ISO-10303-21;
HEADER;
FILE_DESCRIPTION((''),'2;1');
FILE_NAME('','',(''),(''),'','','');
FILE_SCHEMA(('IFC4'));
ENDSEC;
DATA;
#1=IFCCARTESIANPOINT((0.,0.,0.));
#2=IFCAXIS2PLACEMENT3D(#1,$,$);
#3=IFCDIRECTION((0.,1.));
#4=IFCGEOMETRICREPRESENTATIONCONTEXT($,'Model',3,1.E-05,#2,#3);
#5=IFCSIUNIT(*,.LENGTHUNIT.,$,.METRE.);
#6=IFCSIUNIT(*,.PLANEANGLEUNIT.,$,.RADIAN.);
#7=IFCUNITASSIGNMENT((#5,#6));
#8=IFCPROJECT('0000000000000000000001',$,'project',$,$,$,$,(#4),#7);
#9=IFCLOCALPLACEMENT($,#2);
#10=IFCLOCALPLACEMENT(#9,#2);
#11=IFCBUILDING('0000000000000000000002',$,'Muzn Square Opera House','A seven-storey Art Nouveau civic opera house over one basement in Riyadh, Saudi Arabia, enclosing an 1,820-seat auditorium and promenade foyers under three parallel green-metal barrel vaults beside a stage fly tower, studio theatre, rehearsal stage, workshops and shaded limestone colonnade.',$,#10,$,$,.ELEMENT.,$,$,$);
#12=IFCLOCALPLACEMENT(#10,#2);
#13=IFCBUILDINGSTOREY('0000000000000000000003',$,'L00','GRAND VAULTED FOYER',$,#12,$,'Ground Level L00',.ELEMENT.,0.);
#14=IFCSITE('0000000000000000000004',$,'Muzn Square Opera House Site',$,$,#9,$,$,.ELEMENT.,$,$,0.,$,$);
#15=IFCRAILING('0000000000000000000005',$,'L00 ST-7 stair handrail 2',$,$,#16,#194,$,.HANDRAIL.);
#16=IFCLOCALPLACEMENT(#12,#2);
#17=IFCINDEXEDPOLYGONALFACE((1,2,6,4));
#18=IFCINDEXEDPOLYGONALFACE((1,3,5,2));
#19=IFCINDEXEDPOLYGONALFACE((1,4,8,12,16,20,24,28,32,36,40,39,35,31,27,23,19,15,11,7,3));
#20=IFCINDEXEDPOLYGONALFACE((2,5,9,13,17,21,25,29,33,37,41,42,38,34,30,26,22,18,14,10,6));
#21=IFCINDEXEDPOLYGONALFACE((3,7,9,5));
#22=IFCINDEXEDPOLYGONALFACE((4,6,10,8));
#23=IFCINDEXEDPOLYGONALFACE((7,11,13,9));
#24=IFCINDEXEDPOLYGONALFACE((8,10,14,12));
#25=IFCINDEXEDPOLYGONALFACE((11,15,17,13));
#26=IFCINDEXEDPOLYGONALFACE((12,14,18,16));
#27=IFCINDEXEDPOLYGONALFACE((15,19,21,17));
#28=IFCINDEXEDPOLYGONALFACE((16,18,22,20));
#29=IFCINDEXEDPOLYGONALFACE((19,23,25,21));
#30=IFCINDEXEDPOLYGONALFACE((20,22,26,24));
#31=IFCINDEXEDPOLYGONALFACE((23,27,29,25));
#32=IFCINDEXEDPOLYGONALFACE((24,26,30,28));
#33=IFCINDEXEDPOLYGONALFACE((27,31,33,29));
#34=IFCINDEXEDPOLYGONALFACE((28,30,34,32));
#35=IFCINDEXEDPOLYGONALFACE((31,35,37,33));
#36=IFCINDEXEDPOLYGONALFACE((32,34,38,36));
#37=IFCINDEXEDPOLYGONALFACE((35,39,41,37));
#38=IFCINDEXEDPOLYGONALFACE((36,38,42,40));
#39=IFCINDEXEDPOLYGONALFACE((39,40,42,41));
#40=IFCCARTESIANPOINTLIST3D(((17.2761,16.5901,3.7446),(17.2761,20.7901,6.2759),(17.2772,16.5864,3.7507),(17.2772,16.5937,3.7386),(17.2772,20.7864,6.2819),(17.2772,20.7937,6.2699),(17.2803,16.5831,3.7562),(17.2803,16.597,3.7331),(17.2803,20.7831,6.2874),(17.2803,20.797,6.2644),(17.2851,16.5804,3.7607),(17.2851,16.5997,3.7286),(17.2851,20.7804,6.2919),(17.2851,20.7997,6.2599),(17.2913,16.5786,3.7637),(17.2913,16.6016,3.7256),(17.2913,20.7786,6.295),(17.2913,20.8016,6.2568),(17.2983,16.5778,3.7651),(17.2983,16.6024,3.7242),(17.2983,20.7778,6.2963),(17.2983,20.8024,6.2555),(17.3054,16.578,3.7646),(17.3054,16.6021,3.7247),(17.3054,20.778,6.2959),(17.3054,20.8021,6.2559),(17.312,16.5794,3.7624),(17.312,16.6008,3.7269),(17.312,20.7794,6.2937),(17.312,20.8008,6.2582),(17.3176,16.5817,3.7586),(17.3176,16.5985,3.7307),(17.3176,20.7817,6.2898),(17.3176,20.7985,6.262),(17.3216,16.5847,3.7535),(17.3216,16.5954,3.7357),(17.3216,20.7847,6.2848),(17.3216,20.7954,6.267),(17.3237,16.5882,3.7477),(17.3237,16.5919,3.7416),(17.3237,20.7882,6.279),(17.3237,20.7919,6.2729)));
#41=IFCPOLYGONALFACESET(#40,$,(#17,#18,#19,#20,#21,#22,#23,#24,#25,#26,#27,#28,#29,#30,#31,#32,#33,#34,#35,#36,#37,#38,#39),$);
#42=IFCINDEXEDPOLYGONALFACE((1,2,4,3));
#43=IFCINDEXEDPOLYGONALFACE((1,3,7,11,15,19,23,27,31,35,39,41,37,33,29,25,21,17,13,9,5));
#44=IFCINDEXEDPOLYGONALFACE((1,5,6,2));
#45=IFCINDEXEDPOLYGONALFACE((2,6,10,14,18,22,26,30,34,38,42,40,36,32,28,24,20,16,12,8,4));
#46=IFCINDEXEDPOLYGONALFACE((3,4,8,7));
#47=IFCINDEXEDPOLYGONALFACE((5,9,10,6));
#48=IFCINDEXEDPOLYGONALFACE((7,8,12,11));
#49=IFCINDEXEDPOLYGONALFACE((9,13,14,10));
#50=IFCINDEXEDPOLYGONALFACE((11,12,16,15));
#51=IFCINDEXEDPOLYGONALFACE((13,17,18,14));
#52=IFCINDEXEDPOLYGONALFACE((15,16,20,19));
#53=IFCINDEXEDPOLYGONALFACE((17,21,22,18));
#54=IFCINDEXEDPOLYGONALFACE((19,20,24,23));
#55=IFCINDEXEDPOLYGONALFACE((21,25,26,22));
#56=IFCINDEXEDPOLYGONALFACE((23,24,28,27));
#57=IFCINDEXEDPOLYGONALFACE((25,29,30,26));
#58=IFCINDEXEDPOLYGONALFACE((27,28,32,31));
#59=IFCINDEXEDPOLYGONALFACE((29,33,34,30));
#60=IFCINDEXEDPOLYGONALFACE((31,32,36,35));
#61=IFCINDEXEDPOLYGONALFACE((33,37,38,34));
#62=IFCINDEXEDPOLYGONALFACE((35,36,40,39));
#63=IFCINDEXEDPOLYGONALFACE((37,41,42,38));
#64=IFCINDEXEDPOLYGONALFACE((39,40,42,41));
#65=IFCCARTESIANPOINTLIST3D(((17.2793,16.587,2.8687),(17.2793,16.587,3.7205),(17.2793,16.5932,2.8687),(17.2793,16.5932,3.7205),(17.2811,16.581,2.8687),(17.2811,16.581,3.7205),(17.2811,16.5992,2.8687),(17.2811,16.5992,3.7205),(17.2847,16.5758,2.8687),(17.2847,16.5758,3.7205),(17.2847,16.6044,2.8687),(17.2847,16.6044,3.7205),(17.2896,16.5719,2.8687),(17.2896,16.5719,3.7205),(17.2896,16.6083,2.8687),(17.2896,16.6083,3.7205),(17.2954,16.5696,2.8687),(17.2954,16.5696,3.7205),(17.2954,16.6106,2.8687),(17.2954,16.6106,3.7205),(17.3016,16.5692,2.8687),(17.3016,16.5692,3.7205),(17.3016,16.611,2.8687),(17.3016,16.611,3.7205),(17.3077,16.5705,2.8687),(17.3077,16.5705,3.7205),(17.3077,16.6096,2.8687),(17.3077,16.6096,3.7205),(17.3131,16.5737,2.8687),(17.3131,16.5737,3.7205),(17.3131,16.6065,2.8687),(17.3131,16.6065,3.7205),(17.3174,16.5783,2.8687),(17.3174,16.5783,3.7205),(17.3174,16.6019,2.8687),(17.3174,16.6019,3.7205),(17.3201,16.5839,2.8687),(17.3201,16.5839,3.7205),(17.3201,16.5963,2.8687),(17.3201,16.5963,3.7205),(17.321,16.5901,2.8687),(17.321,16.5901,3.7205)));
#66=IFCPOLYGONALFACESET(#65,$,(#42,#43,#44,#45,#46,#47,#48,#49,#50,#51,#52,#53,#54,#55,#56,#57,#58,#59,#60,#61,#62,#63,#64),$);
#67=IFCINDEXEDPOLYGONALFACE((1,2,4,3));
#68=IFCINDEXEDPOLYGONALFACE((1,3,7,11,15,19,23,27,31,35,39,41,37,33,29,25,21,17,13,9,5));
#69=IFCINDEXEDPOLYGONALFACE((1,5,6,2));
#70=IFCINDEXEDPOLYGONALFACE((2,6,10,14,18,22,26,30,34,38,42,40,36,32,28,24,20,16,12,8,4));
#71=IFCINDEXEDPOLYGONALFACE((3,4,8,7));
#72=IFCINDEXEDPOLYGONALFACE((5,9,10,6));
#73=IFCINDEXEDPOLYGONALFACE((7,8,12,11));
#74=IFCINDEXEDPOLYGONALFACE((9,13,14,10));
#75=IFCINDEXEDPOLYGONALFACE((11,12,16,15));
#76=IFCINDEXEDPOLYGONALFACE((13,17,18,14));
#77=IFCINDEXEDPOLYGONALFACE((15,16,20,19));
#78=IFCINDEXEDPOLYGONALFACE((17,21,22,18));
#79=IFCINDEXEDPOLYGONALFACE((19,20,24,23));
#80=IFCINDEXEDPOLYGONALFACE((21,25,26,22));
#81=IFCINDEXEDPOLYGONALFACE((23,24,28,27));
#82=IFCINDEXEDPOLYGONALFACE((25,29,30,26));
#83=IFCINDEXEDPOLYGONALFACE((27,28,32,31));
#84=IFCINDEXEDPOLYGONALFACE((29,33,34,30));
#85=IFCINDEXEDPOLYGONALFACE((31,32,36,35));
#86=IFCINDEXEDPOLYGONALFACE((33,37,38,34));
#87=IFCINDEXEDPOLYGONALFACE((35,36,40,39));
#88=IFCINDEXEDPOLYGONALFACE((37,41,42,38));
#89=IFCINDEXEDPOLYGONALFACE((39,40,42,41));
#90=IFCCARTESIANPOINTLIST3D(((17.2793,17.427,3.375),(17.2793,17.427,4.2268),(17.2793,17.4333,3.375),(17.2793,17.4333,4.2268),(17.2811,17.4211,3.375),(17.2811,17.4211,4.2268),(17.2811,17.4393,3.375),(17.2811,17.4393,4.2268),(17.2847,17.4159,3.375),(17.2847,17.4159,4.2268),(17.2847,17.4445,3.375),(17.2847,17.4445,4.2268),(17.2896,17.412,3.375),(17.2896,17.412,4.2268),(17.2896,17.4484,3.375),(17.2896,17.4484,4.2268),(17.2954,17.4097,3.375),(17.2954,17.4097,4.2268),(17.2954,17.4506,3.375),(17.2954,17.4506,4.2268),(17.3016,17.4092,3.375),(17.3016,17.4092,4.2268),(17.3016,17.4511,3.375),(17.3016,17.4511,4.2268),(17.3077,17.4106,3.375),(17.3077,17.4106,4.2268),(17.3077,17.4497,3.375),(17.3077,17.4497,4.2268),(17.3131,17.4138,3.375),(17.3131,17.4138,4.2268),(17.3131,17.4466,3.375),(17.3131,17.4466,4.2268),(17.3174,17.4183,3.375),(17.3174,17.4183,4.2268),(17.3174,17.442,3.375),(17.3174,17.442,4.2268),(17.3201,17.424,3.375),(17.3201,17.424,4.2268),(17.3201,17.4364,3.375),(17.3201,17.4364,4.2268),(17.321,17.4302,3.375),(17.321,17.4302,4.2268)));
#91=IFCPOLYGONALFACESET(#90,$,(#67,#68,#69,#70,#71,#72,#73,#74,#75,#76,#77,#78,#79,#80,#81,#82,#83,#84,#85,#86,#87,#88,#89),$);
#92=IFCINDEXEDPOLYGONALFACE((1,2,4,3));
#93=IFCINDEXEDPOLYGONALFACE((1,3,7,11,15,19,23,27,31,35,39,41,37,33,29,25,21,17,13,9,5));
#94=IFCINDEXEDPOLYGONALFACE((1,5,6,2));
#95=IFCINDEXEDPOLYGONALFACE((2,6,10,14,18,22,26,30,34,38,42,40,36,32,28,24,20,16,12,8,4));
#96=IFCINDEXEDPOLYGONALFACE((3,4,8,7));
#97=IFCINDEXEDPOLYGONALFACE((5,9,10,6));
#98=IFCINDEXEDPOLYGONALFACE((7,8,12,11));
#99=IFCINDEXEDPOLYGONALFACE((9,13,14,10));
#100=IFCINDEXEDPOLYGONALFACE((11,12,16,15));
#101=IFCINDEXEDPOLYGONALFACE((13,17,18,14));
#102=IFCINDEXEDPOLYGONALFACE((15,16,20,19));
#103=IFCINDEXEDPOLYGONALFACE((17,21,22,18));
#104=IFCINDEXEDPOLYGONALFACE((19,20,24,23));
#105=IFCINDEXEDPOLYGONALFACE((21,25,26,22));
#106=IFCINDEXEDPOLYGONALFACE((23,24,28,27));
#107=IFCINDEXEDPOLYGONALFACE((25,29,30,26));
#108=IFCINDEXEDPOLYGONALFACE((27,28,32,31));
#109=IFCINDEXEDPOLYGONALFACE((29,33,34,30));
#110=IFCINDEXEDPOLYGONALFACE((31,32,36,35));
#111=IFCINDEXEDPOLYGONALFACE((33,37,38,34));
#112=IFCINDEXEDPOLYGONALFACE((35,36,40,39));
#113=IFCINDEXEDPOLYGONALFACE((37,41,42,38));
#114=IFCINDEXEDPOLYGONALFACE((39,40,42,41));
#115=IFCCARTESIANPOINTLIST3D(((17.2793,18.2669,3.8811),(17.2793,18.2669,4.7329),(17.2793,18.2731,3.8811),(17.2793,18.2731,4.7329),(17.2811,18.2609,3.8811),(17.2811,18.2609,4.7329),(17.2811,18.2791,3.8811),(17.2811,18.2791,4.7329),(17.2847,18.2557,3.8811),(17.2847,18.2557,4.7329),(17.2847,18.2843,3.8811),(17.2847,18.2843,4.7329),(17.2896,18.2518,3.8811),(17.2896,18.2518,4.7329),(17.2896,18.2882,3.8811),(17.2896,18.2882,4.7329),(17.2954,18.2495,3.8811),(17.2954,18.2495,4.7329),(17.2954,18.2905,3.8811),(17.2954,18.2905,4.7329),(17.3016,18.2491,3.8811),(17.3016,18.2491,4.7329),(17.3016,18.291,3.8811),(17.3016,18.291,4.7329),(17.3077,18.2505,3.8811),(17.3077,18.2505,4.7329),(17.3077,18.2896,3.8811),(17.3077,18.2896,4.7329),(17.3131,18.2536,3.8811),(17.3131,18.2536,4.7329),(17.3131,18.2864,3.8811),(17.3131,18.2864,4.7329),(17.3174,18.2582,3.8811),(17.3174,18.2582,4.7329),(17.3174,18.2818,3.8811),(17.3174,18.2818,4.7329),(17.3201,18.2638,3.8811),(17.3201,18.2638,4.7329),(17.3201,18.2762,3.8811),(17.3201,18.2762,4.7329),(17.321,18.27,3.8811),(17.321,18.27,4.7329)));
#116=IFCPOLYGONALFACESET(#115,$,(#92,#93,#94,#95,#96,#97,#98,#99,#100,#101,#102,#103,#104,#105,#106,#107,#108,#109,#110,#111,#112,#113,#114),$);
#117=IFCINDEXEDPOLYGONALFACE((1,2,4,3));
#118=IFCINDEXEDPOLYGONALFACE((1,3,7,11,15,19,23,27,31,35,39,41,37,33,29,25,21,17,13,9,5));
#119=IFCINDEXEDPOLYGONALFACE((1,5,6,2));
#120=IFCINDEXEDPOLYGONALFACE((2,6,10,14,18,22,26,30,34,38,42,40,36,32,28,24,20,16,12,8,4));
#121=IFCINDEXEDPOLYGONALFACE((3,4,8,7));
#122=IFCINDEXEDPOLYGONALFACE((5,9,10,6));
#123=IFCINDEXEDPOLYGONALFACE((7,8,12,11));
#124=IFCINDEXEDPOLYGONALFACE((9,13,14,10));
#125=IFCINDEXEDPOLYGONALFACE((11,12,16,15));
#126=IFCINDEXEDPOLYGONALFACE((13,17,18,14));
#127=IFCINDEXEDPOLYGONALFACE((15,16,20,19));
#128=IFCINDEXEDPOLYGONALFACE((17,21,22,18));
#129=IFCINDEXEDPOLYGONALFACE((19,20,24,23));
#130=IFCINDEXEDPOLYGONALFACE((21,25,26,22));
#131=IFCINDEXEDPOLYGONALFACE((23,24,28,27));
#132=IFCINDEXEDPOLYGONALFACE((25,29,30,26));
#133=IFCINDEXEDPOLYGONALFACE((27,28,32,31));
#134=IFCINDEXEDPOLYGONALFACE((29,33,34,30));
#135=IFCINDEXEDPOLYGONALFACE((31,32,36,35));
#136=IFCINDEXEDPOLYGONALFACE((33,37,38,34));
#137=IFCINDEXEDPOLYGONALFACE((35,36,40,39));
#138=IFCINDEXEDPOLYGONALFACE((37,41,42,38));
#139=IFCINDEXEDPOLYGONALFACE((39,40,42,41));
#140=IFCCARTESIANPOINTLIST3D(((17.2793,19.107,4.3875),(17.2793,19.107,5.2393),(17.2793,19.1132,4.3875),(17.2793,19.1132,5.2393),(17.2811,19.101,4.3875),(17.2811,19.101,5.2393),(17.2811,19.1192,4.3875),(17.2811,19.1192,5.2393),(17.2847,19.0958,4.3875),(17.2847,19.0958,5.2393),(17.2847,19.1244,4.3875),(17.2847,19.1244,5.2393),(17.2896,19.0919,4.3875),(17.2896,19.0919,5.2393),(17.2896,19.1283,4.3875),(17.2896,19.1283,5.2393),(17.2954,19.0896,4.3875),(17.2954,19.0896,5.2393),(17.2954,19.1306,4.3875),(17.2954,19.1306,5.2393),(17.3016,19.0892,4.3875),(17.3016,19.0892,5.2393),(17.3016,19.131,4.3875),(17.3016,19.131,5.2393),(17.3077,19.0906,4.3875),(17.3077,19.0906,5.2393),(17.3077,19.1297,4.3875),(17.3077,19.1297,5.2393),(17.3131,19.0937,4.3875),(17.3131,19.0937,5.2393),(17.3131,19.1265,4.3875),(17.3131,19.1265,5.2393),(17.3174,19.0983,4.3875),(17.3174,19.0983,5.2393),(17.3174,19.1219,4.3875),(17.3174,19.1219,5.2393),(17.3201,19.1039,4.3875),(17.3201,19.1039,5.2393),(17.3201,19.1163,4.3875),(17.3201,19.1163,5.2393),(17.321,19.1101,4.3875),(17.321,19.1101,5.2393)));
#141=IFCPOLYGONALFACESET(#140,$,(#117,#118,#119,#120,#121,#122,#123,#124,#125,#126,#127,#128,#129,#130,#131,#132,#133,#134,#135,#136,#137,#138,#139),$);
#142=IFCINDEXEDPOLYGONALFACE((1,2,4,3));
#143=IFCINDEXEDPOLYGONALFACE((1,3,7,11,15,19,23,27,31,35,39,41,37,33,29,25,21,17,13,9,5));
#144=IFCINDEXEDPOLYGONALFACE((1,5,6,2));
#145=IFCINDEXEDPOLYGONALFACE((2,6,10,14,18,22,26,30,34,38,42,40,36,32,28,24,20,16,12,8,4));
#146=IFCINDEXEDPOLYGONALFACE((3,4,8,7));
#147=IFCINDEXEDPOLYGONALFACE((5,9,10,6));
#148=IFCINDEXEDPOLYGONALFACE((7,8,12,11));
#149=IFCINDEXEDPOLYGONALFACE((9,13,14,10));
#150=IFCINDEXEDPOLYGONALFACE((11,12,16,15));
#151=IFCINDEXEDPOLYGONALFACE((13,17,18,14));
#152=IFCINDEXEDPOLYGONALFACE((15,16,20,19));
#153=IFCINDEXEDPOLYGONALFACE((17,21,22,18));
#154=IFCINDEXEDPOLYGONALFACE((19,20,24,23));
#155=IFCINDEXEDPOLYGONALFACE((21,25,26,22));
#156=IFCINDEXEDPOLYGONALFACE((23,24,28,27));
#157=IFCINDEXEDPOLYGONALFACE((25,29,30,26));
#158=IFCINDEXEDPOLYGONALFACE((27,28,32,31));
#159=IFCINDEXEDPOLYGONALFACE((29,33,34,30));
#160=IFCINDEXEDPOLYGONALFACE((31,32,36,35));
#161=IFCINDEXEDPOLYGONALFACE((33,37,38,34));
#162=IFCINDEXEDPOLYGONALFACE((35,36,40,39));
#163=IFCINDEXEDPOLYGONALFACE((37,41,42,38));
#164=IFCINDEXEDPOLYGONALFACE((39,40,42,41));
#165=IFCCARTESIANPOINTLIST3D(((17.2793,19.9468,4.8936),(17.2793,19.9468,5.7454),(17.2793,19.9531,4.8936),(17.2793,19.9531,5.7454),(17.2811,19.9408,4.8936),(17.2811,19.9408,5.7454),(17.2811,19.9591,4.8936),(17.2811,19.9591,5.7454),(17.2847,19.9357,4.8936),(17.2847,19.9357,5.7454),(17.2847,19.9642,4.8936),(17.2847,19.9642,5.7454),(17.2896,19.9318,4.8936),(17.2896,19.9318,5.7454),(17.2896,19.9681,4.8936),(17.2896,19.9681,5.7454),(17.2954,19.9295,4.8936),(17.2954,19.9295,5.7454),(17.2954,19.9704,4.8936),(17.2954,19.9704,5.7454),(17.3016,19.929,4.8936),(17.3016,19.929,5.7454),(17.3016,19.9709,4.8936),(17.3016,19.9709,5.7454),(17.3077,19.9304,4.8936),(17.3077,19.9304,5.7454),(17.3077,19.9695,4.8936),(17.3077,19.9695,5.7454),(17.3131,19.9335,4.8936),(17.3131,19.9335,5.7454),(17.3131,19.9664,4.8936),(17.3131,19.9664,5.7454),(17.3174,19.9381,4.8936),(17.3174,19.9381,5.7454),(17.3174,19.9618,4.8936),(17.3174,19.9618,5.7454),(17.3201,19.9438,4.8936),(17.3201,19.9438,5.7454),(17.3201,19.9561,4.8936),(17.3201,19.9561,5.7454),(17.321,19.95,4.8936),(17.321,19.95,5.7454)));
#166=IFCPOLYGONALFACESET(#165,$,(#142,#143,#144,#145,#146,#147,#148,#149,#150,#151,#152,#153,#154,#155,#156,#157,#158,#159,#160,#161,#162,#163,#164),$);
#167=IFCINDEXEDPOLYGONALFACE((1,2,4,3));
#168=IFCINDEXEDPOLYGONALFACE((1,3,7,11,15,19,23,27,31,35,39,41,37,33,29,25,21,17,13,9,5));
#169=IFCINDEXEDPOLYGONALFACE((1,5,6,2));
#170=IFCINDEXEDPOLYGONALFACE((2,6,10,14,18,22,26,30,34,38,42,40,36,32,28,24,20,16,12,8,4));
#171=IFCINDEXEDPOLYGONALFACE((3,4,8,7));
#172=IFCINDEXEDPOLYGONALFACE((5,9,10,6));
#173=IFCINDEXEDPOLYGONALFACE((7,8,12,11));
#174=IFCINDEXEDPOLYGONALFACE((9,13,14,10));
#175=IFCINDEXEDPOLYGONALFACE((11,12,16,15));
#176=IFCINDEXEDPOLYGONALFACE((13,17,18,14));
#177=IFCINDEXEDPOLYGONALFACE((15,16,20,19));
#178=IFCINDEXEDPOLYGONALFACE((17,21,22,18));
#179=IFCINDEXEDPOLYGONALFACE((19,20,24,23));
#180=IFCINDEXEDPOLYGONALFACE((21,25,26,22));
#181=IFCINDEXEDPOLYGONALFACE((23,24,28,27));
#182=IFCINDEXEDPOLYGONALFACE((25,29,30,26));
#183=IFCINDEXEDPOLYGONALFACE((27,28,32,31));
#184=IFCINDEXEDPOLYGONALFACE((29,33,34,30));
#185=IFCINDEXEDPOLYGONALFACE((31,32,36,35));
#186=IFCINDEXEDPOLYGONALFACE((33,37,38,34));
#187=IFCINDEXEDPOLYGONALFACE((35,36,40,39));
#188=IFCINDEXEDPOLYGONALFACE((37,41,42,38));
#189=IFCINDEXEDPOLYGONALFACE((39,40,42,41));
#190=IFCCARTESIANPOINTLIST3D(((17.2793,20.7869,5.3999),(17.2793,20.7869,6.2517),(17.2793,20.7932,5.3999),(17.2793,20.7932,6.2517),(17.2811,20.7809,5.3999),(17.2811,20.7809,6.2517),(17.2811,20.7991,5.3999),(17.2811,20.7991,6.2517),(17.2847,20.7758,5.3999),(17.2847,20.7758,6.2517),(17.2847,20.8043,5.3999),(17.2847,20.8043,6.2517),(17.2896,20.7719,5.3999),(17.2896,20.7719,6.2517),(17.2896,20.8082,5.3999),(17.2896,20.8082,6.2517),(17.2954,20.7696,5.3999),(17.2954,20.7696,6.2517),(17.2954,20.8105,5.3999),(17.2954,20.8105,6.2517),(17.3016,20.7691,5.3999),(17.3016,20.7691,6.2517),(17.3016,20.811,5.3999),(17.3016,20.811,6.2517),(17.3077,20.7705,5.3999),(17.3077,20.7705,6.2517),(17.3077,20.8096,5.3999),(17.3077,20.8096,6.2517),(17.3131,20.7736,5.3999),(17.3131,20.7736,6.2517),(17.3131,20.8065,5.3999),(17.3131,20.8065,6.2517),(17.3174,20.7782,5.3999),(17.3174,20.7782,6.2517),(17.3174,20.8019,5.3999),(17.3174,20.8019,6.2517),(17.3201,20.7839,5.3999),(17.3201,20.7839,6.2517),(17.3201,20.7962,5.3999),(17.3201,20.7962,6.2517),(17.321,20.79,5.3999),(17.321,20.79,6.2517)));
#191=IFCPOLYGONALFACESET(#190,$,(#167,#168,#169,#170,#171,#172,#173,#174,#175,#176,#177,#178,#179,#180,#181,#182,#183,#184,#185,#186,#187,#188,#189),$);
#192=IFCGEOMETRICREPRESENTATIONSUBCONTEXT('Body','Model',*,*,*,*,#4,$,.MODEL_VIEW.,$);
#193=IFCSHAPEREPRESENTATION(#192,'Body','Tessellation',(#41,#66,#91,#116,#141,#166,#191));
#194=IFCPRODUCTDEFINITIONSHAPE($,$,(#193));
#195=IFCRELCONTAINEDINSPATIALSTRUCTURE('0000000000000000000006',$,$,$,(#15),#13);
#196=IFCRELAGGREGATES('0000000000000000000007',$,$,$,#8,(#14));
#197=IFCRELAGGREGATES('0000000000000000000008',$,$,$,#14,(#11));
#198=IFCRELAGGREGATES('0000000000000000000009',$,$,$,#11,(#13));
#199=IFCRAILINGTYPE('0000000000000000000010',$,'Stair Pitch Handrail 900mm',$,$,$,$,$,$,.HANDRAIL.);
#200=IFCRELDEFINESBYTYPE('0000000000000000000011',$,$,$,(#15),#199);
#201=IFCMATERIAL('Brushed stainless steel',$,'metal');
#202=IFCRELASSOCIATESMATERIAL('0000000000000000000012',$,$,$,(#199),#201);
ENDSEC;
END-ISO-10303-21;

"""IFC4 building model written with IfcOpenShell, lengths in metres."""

from ifc_helpers import new_model, si_unit, direction, frame, origin, origin_2d, place, context, subcontext, project, spatial, circle, extrude, material, type_object, element, save


model = new_model("IFC4")

# Units and contexts
model_context = context("Model", 3, precision=1e-05, world=origin(), true_north=direction((0.0, 1.0)))
body_context = subcontext(model_context, "Body", "Model", "MODEL_VIEW")
ifc_project = project(units=[si_unit("LENGTHUNIT", "METRE"), si_unit("PLANEANGLEUNIT", "RADIAN")], contexts=[model_context])

# Site, building, storey
site_placement = place(None, origin())
site = spatial("IfcSite", under=ifc_project, at=site_placement, Name="Muzn Square Opera House Site", CompositionType="ELEMENT", RefElevation=0.0)
building_placement = place(site_placement, origin())
building = spatial("IfcBuilding", under=site, at=building_placement, Name="Muzn Square Opera House", Description="A seven-storey Art Nouveau civic opera house over one basement in Riyadh, Saudi Arabia, enclosing an 1,820-seat auditorium and promenade foyers under three parallel green-metal barrel vaults beside a stage fly tower, studio theatre, rehearsal stage, workshops and shaded limestone colonnade.", CompositionType="ELEMENT")
storey_placement = place(building_placement, origin())
storey = spatial("IfcBuildingStorey", under=building, at=storey_placement, Name="L00", Description="GRAND VAULTED FOYER", LongName="Ground Level L00", CompositionType="ELEMENT", Elevation=0.0)

# Railing
ifc_material_1 = material(Name="Brushed stainless steel", Category="metal")
railing_type_1 = type_object("IfcRailingType", Name="Stair Pitch Handrail 900mm", PredefinedType="HANDRAIL", material=ifc_material_1)
railing_1_placement = place(storey_placement, frame((17.3, 16.5901, 2.8687)))
element("IfcRailing", 1, at=railing_1_placement, inside=storey, type_object=railing_type_1, Name="L00 ST-7 stair handrail 2", PredefinedType="HANDRAIL", context=body_context, shape_type="SweptSolid", body=[
    extrude(circle(Radius=0.0239, at=origin_2d()), frame((0.0, 0.0, 0.876), z_axis=(0.0, 0.856476, 0.516186), x_axis=(-1.0, 0.0, 0.0)), (0.0, 0.0, 1.0), 4.9038),
    extrude(circle(Radius=0.021, at=origin_2d()), origin(), (0.0, 0.0, 1.0), 0.8518),
    extrude(circle(Radius=0.021, at=origin_2d()), frame((0.0, 0.8401, 0.5063)), (0.0, 0.0, 1.0), 0.8518),
    extrude(circle(Radius=0.021, at=origin_2d()), frame((0.0, 1.6799, 1.0125)), (0.0, 0.0, 1.0), 0.8518),
    extrude(circle(Radius=0.021, at=origin_2d()), frame((0.0, 2.52, 1.5188)), (0.0, 0.0, 1.0), 0.8518),
    extrude(circle(Radius=0.021, at=origin_2d()), frame((0.0, 3.3599, 2.0249)), (0.0, 0.0, 1.0), 0.8518),
    extrude(circle(Radius=0.021, at=origin_2d()), frame((0.0, 4.2, 2.5312)), (0.0, 0.0, 1.0), 0.8518),
])

save(model, "model.ifc")
